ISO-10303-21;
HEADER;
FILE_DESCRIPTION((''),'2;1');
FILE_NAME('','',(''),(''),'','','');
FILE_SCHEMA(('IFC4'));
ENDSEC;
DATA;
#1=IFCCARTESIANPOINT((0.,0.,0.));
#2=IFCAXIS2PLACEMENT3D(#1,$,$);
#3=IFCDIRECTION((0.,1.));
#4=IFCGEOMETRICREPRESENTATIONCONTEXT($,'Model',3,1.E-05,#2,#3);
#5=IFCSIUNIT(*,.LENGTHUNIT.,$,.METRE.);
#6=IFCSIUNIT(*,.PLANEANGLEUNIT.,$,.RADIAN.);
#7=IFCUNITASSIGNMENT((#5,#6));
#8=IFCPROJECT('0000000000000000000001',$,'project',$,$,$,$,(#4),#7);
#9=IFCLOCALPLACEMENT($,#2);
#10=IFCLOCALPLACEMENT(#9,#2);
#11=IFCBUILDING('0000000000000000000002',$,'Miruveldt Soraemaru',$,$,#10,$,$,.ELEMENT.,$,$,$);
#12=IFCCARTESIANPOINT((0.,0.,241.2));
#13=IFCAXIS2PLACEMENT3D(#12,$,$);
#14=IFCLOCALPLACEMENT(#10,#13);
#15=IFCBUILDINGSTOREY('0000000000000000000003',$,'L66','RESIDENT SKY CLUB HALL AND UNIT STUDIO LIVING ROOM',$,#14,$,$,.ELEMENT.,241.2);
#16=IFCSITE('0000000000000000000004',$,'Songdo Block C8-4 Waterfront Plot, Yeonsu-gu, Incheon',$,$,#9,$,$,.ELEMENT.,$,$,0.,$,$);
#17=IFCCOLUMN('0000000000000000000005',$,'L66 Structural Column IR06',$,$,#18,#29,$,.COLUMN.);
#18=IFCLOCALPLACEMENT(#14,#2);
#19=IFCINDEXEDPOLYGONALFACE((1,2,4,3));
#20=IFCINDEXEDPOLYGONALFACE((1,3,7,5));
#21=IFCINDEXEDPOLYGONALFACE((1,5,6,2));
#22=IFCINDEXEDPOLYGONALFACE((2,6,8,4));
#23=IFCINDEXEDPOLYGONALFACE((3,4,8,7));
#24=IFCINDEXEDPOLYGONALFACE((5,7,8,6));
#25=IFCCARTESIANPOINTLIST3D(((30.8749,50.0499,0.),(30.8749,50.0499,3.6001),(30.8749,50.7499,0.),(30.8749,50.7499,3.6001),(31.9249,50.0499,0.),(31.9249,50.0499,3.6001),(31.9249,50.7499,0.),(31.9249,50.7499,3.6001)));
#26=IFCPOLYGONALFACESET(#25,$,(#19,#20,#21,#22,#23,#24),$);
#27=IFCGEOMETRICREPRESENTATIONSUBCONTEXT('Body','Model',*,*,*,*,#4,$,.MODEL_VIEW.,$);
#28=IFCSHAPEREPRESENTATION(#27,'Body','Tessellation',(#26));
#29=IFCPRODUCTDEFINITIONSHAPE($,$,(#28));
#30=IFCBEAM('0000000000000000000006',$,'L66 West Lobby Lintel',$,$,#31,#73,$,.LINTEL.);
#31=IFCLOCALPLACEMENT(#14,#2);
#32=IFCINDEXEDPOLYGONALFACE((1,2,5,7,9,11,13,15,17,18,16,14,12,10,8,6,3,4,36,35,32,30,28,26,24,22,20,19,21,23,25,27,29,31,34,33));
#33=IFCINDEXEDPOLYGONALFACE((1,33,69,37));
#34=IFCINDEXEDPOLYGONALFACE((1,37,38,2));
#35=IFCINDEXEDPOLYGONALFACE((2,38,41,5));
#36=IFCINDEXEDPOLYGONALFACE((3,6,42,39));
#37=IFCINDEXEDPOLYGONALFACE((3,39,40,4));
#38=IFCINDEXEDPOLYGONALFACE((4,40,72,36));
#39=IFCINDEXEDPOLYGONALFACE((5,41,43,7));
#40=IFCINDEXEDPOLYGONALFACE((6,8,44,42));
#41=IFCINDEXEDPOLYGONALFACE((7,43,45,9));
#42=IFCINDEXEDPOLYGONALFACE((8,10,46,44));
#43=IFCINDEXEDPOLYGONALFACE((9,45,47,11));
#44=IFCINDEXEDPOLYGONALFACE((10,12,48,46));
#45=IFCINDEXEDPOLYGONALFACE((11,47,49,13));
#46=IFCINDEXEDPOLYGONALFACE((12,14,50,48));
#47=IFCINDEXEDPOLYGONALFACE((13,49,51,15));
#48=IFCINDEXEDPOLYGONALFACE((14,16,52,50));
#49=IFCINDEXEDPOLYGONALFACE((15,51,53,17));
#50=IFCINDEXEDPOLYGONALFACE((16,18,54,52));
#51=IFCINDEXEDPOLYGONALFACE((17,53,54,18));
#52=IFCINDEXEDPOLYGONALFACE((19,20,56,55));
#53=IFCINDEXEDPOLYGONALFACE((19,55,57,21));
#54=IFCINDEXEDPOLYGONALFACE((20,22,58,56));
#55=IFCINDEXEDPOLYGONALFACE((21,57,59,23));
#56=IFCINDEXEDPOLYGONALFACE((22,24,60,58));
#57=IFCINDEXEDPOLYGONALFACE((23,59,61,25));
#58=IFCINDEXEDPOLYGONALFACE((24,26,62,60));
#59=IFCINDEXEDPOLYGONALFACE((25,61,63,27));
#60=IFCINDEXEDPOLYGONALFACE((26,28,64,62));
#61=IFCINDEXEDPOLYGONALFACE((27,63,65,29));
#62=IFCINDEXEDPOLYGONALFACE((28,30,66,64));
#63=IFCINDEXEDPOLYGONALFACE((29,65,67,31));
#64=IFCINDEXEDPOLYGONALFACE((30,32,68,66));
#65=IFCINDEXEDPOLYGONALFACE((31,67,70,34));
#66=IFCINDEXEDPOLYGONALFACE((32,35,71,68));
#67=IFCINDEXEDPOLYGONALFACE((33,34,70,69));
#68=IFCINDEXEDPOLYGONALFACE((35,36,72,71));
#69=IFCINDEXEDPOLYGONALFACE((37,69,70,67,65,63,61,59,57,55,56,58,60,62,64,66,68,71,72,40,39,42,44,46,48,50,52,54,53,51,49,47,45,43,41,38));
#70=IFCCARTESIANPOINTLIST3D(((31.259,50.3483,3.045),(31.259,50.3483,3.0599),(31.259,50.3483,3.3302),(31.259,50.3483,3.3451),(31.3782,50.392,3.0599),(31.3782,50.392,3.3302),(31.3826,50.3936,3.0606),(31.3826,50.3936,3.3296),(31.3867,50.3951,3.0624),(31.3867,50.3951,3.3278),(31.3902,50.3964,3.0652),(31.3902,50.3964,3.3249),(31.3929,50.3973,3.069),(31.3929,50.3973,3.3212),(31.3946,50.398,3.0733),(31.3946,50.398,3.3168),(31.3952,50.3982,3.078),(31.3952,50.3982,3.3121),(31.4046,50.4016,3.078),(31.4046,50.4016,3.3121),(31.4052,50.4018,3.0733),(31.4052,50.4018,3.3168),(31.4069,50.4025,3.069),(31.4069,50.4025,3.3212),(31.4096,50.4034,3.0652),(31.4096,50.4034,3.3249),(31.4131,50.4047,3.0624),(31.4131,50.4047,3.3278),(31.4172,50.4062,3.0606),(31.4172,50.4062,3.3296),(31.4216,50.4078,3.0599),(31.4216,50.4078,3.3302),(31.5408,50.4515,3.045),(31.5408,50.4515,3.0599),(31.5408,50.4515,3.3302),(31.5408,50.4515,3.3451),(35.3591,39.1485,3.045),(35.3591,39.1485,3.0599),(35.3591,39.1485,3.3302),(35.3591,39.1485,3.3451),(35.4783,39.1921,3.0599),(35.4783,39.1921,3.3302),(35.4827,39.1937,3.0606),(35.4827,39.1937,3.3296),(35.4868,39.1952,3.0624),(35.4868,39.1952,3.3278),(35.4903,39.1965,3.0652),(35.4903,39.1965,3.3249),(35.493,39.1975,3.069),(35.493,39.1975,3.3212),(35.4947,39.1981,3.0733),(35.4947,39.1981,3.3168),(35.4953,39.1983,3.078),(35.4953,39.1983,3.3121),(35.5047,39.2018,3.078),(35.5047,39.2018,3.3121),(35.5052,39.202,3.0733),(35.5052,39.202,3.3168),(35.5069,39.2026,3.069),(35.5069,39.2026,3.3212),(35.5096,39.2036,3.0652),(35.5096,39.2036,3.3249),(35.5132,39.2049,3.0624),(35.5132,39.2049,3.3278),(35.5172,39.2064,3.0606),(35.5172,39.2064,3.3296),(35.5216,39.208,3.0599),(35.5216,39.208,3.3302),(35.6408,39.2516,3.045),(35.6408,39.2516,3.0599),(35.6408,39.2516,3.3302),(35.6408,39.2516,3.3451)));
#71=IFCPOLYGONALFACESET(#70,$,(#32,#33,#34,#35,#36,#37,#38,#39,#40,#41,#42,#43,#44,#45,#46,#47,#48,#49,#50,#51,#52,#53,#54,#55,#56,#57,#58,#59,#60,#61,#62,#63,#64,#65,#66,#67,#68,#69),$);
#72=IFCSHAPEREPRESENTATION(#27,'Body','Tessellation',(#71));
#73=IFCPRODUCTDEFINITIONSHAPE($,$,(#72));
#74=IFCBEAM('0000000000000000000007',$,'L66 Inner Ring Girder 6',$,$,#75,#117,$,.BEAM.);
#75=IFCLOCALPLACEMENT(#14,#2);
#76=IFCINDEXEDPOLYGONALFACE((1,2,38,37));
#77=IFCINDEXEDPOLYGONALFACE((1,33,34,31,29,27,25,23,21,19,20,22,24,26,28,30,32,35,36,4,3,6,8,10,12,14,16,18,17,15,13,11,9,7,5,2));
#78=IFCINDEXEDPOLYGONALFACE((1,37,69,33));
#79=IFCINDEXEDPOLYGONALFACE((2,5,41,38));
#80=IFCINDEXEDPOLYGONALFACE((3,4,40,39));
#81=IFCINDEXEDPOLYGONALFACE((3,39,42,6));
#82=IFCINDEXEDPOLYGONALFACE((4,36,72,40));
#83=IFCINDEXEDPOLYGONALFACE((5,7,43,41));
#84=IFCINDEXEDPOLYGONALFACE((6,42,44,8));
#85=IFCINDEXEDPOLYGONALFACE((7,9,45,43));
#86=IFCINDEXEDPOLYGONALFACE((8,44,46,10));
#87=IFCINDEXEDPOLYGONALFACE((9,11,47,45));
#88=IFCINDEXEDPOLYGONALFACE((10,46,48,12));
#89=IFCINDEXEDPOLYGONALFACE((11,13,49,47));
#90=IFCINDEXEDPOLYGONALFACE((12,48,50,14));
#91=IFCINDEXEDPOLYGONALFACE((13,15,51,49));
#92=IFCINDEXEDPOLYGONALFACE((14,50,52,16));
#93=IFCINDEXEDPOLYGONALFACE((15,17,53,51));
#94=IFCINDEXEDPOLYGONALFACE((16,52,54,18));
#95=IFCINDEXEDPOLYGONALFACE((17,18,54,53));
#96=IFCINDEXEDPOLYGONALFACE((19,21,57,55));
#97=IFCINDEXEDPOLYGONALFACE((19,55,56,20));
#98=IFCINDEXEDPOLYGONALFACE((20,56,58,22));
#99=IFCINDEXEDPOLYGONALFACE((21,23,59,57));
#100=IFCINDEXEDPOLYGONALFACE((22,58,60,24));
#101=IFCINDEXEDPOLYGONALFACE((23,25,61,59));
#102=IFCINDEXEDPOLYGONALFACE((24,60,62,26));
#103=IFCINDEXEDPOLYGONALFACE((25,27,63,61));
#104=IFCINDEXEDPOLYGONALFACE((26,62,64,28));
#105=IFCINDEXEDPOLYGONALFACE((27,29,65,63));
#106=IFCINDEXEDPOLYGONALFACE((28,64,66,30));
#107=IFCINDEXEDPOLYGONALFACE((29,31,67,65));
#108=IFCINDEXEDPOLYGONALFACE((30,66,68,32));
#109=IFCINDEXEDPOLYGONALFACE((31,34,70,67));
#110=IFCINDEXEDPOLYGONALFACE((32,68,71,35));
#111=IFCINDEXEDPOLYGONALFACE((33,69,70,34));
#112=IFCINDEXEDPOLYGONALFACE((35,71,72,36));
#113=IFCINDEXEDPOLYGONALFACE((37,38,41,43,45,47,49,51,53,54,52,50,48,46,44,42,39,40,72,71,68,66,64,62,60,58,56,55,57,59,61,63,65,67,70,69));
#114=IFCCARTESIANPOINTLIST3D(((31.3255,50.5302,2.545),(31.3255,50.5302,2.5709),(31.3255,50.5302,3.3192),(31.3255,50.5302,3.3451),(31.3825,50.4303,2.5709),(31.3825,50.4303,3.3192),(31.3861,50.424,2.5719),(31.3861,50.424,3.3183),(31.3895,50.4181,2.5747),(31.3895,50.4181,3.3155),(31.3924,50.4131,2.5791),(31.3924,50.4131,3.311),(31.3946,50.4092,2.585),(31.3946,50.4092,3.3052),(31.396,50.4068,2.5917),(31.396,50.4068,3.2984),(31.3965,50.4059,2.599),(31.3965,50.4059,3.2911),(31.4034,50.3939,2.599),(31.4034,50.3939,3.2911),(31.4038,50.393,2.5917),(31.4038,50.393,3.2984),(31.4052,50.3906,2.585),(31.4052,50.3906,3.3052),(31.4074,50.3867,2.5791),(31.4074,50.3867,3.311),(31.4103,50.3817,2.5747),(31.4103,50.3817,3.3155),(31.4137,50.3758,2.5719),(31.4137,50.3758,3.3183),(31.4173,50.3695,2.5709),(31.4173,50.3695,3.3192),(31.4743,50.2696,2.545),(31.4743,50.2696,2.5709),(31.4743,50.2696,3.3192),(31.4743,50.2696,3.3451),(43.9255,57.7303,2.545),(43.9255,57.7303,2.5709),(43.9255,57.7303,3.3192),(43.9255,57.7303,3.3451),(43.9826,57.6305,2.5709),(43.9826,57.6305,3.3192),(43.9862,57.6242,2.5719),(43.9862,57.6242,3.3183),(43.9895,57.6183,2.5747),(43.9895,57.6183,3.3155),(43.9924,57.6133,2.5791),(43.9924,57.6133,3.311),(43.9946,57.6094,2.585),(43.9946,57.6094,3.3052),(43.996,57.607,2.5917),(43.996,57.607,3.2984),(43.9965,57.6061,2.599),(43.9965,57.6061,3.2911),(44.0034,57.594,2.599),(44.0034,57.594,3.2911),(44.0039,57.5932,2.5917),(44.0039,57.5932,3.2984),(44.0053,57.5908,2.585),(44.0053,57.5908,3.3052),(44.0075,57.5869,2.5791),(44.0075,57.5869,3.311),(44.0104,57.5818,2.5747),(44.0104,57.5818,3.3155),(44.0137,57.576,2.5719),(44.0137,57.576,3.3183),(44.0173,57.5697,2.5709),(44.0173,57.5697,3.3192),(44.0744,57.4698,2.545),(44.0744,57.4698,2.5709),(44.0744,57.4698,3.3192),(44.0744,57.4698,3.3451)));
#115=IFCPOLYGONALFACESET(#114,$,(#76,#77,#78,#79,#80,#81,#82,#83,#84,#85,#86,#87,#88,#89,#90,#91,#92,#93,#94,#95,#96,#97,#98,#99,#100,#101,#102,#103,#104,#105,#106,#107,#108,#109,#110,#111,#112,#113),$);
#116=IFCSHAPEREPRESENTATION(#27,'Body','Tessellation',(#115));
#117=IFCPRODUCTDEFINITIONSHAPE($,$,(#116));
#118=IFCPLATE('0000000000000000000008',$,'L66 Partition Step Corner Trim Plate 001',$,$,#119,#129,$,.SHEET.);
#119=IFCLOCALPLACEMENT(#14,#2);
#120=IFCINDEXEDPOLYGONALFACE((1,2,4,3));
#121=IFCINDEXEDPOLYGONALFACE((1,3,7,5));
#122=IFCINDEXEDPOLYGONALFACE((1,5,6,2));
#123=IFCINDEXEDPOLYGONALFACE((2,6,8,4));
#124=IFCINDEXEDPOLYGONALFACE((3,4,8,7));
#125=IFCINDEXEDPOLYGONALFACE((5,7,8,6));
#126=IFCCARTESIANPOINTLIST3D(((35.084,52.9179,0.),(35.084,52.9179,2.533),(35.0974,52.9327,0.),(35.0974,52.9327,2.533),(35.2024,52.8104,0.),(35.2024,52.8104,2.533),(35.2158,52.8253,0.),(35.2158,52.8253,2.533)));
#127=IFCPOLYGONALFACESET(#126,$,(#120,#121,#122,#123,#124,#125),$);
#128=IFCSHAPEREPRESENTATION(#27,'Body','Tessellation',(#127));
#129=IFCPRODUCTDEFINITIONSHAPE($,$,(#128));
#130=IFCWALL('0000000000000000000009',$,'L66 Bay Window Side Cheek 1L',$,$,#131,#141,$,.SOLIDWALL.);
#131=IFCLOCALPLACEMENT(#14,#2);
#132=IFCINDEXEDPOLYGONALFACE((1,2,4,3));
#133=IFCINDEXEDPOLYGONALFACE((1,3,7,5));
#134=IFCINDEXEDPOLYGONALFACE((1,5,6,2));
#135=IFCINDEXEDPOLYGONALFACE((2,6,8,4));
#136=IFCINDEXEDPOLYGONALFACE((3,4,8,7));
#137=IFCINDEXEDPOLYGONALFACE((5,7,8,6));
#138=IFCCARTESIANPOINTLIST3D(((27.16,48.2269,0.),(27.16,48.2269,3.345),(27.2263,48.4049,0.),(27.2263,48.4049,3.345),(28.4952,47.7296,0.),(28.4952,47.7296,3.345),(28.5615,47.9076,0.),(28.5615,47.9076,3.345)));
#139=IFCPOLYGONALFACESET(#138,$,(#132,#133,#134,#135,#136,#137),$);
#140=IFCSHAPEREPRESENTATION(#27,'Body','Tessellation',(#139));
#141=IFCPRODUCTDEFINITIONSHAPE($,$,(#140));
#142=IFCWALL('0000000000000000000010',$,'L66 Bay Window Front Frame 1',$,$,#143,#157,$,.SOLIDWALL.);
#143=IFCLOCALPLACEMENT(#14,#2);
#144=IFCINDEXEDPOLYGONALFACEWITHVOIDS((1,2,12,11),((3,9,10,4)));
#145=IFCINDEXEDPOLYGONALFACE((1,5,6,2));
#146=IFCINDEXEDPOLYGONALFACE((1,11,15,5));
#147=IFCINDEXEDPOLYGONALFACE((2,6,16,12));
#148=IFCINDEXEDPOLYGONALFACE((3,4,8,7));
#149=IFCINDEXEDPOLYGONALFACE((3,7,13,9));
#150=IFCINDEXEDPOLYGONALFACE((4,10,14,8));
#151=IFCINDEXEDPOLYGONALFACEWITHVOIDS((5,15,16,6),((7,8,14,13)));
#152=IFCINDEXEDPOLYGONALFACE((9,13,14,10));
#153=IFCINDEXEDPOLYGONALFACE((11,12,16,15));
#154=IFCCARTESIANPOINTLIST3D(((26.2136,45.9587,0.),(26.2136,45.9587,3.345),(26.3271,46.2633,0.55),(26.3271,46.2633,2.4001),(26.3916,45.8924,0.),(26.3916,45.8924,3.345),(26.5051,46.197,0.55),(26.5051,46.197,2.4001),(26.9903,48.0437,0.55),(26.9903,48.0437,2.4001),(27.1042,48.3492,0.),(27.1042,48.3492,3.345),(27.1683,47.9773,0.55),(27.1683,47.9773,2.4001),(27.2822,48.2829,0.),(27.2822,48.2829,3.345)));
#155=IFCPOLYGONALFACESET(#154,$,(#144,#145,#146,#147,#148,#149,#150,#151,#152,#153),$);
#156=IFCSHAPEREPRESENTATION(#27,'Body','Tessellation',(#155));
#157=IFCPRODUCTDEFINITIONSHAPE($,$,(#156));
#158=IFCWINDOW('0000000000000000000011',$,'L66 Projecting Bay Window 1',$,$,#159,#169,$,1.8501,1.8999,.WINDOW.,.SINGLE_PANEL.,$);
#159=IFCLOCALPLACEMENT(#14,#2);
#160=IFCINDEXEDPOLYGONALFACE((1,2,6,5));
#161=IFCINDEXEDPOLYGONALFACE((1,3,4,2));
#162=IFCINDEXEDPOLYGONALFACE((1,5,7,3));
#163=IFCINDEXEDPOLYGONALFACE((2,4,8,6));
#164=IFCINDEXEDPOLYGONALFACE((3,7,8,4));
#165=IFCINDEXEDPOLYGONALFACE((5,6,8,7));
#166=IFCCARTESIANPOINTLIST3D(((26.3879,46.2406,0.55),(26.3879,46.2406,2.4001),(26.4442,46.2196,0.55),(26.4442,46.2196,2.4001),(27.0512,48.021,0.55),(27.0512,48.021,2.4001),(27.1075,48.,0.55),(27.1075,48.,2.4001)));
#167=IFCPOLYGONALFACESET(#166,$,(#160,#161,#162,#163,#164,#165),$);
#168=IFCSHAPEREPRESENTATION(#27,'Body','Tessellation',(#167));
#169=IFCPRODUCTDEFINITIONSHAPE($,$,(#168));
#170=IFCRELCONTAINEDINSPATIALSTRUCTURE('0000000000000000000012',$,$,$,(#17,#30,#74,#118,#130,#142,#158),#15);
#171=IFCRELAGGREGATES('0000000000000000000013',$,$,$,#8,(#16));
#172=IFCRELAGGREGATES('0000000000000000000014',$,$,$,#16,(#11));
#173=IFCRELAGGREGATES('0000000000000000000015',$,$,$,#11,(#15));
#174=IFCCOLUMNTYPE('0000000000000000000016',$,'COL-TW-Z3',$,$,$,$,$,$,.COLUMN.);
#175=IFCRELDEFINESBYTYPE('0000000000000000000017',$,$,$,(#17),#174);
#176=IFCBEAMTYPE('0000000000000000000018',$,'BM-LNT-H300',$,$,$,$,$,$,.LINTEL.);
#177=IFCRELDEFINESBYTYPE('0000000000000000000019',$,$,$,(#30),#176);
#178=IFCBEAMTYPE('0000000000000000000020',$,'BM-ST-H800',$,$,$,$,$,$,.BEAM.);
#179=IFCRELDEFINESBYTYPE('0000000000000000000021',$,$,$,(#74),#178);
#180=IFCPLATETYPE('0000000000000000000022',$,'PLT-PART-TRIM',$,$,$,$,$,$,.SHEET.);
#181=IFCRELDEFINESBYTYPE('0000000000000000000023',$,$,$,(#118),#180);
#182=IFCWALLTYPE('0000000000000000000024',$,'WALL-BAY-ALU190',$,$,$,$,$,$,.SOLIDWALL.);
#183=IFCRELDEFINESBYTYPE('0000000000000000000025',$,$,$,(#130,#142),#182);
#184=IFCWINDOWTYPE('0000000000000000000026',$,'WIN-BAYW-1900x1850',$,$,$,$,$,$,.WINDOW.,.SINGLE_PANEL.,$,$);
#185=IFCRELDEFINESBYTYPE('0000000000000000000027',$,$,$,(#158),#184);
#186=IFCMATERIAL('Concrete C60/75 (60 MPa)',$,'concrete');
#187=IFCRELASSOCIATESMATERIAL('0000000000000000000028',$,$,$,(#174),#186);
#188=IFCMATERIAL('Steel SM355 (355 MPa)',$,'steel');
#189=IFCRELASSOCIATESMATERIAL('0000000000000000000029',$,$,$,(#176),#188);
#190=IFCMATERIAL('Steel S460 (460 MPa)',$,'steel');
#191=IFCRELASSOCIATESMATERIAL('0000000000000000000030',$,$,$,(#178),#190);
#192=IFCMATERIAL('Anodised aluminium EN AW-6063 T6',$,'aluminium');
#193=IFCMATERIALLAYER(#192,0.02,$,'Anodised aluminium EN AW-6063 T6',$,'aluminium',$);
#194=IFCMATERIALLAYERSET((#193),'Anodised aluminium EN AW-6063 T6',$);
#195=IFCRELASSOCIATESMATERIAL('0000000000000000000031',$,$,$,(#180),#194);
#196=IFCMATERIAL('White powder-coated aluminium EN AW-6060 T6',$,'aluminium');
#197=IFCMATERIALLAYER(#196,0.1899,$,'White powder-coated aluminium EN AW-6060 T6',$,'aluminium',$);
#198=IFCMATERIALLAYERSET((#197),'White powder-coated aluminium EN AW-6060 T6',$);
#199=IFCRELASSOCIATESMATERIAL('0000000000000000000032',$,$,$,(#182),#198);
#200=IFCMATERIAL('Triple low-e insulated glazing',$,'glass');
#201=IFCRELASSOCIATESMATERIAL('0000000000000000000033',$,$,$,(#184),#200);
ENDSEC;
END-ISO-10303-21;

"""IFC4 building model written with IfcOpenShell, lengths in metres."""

from ifc_helpers import new_model, si_unit, direction, frame, frame_2d, origin, origin_2d, place, context, subcontext, project, spatial, rectangle, i_section, extrude, material, layer, layer_set, material_profile, profile_set, type_object, element, fill, save


model = new_model("IFC4")

# Units and contexts
model_context = context("Model", 3, precision=1e-05, world=origin(), true_north=direction((0.0, 1.0)))
body_context = subcontext(model_context, "Body", "Model", "MODEL_VIEW")
ifc_project = project(units=[si_unit("LENGTHUNIT", "METRE"), si_unit("PLANEANGLEUNIT", "RADIAN")], contexts=[model_context])

# Site, building, storey
site_placement = place(None, origin())
site = spatial("IfcSite", under=ifc_project, at=site_placement, Name="Songdo Block C8-4 Waterfront Plot, Yeonsu-gu, Incheon", CompositionType="ELEMENT", RefElevation=0.0)
building_placement = place(site_placement, origin())
building = spatial("IfcBuilding", under=site, at=building_placement, Name="Miruveldt Soraemaru", CompositionType="ELEMENT")
storey_placement = place(building_placement, frame((0.0, 0.0, 241.2)))
storey = spatial("IfcBuildingStorey", under=building, at=storey_placement, Name="L66", Description="RESIDENT SKY CLUB HALL AND UNIT STUDIO LIVING ROOM", CompositionType="ELEMENT", Elevation=241.2)

# Column
ifc_material_1 = material(Name="Concrete C60/75 (60 MPa)", Category="concrete")
ifc_material_profile_1 = material_profile(ifc_material_1, rectangle(XDim=1.05, YDim=0.7, at=origin_2d()), Name="Concrete C60/75 (60 MPa)", Category="concrete")
ifc_profile_set_1 = profile_set([ifc_material_profile_1], Name="Concrete C60/75 (60 MPa)")
column_type = type_object("IfcColumnType", Name="COL-TW-Z3", PredefinedType="COLUMN", material=ifc_profile_set_1)
column_placement = place(storey_placement, frame((31.3999, 50.3999, 0.0), z_axis=(0.0, 0.0, 1.0), x_axis=(1.0, 0.0, 0.0)))
element("IfcColumn", 1, at=column_placement, inside=storey, type_object=column_type, Name="L66 Structural Column IR06", PredefinedType="COLUMN", context=body_context, shape_type="SweptSolid", body=[
    extrude(rectangle(XDim=1.05, YDim=0.7, at=origin_2d()), origin(), (0.0, 0.0, 1.0), 3.6001),
])

# Beams
ifc_material_2 = material(Name="Steel SM355 (355 MPa)", Category="steel")
ifc_material_profile_2 = material_profile(ifc_material_2, i_section(OverallWidth=0.3, OverallDepth=0.3, WebThickness=0.01, FlangeThickness=0.0149, FilletRadius=0.0181, at=origin_2d()), Name="Steel SM355 (355 MPa)", Category="steel")
ifc_profile_set_2 = profile_set([ifc_material_profile_2], Name="Steel SM355 (355 MPa)")
beam_type_1 = type_object("IfcBeamType", Name="BM-LNT-H300", PredefinedType="LINTEL", material=ifc_profile_set_2)
beam_1_placement = place(storey_placement, frame((31.3999, 50.3999, 3.1951), z_axis=(0.34377, -0.939054, 0.0), x_axis=(0.939054, 0.34377, 0.0)))
element("IfcBeam", 2, at=beam_1_placement, inside=storey, type_object=beam_type_1, Name="L66 West Lobby Lintel", PredefinedType="LINTEL", context=body_context, shape_type="SweptSolid", body=[
    extrude(i_section(OverallWidth=0.3, OverallDepth=0.3, WebThickness=0.01, FlangeThickness=0.0149, FilletRadius=0.0181, at=origin_2d()), origin(), (0.0, 0.0, 1.0), 11.9268),
])
ifc_material_3 = material(Name="Steel S460 (460 MPa)", Category="steel")
ifc_material_profile_3 = material_profile(ifc_material_3, i_section(OverallWidth=0.3, OverallDepth=0.8, WebThickness=0.0139, FlangeThickness=0.0259, FilletRadius=0.0281, at=origin_2d()), Name="Steel S460 (460 MPa)", Category="steel")
ifc_profile_set_3 = profile_set([ifc_material_profile_3], Name="Steel S460 (460 MPa)")
beam_type_2 = type_object("IfcBeamType", Name="BM-ST-H800", PredefinedType="BEAM", material=ifc_profile_set_3)
beam_2_placement = place(storey_placement, frame((31.3999, 50.3999, 2.9451), z_axis=(0.868239, 0.496146, 0.0), x_axis=(-0.496146, 0.868239, 0.0)))
element("IfcBeam", 3, at=beam_2_placement, inside=storey, type_object=beam_type_2, Name="L66 Inner Ring Girder 6", PredefinedType="BEAM", context=body_context, shape_type="SweptSolid", body=[
    extrude(i_section(OverallWidth=0.3, OverallDepth=0.8, WebThickness=0.0139, FlangeThickness=0.0259, FilletRadius=0.0281, at=origin_2d()), origin(), (0.0, 0.0, 1.0), 14.5122),
])

# Plate
ifc_material_4 = material(Name="Anodised aluminium EN AW-6063 T6", Category="aluminium")
ifc_layer_1 = layer(ifc_material_4, 0.02, Name="Anodised aluminium EN AW-6063 T6", Category="aluminium")
ifc_layer_set_1 = layer_set([ifc_layer_1], Name="Anodised aluminium EN AW-6063 T6")
plate_type = type_object("IfcPlateType", Name="PLT-PART-TRIM", PredefinedType="SHEET", material=ifc_layer_set_1)
plate_placement = place(storey_placement, frame((35.1499, 52.8716, 0.0), z_axis=(0.0, 0.0, 1.0), x_axis=(0.74057, -0.671979, 0.0)))
element("IfcPlate", 4, at=plate_placement, inside=storey, type_object=plate_type, Name="L66 Partition Step Corner Trim Plate 001", PredefinedType="SHEET", context=body_context, shape_type="SweptSolid", body=[
    extrude(rectangle(XDim=0.1599, YDim=0.02, at=origin_2d()), origin(), (0.0, 0.0, 1.0), 2.533),
])

# Wall
ifc_material_5 = material(Name="White powder-coated aluminium EN AW-6060 T6", Category="aluminium")
ifc_layer_2 = layer(ifc_material_5, 0.1899, Name="White powder-coated aluminium EN AW-6060 T6", Category="aluminium")
ifc_layer_set_2 = layer_set([ifc_layer_2], Name="White powder-coated aluminium EN AW-6060 T6")
wall_type_1 = type_object("IfcWallType", Name="WALL-BAY-ALU190", PredefinedType="SOLIDWALL", material=ifc_layer_set_2)
wall_1_placement = place(storey_placement, frame((28.5283, 47.8186, 0.0), z_axis=(0.0, 0.0, 1.0), x_axis=(-0.937108, 0.349038, 0.0)))
element("IfcWall", 5, at=wall_1_placement, inside=storey, type_object=wall_type_1, Name="L66 Bay Window Side Cheek 1L", PredefinedType="SOLIDWALL", context=body_context, shape_type="SweptSolid", body=[
    extrude(rectangle(XDim=1.4248, YDim=0.1899, at=frame_2d((0.7124, 0.0))), origin(), (0.0, 0.0, 1.0), 3.345),
])

# Wall, opening, window
wall_2_placement = place(storey_placement, frame((27.1931, 48.3159, 0.0), z_axis=(0.0, 0.0, 1.0), x_axis=(-0.349109, -0.937082, 0.0)))
wall_2 = element("IfcWall", 6, at=wall_2_placement, inside=storey, type_object=wall_type_1, Name="L66 Bay Window Front Frame 1", PredefinedType="SOLIDWALL", context=body_context, shape_type="SweptSolid", body=[
    extrude(rectangle(XDim=2.551, YDim=0.1899, at=frame_2d((1.2754, 0.0))), origin(), (0.0, 0.0, 1.0), 3.345),
])
opening_1_placement = place(wall_2_placement, frame((0.3259, 0.0, 0.55)))
opening_1 = element("IfcOpeningElement", 7, at=opening_1_placement, cuts=wall_2, PredefinedType="OPENING", context=body_context, shape_type="SweptSolid", body=[
    extrude(rectangle(XDim=1.8999, YDim=1.8501, at=frame_2d((0.95, 0.925))), frame((0.0, 0.105, 0.0), z_axis=(0.0, -1.0, 0.0), x_axis=(1.0, 0.0, 0.0)), (0.0, 0.0, 1.0), 0.21),
])
ifc_material_6 = material(Name="Triple low-e insulated glazing", Category="glass")
window_type_1 = type_object("IfcWindowType", Name="WIN-BAYW-1900x1850", PartitioningType="SINGLE_PANEL", PredefinedType="WINDOW", material=ifc_material_6)
window_1_placement = place(opening_1_placement, origin())
window_1 = element("IfcWindow", 8, at=window_1_placement, inside=storey, type_object=window_type_1, Name="L66 Projecting Bay Window 1", OverallHeight=1.8501, OverallWidth=1.8999, PartitioningType="SINGLE_PANEL", PredefinedType="WINDOW", context=body_context, shape_type="SweptSolid", body=[
    extrude(rectangle(XDim=1.8999, YDim=1.8501, at=frame_2d((0.95, 0.925))), frame((0.0, 0.03, 0.0), z_axis=(0.0, -1.0, 0.0), x_axis=(1.0, 0.0, 0.0)), (0.0, 0.0, 1.0), 0.0601),
])
fill(opening_1, window_1)

save(model, "model.ifc")
